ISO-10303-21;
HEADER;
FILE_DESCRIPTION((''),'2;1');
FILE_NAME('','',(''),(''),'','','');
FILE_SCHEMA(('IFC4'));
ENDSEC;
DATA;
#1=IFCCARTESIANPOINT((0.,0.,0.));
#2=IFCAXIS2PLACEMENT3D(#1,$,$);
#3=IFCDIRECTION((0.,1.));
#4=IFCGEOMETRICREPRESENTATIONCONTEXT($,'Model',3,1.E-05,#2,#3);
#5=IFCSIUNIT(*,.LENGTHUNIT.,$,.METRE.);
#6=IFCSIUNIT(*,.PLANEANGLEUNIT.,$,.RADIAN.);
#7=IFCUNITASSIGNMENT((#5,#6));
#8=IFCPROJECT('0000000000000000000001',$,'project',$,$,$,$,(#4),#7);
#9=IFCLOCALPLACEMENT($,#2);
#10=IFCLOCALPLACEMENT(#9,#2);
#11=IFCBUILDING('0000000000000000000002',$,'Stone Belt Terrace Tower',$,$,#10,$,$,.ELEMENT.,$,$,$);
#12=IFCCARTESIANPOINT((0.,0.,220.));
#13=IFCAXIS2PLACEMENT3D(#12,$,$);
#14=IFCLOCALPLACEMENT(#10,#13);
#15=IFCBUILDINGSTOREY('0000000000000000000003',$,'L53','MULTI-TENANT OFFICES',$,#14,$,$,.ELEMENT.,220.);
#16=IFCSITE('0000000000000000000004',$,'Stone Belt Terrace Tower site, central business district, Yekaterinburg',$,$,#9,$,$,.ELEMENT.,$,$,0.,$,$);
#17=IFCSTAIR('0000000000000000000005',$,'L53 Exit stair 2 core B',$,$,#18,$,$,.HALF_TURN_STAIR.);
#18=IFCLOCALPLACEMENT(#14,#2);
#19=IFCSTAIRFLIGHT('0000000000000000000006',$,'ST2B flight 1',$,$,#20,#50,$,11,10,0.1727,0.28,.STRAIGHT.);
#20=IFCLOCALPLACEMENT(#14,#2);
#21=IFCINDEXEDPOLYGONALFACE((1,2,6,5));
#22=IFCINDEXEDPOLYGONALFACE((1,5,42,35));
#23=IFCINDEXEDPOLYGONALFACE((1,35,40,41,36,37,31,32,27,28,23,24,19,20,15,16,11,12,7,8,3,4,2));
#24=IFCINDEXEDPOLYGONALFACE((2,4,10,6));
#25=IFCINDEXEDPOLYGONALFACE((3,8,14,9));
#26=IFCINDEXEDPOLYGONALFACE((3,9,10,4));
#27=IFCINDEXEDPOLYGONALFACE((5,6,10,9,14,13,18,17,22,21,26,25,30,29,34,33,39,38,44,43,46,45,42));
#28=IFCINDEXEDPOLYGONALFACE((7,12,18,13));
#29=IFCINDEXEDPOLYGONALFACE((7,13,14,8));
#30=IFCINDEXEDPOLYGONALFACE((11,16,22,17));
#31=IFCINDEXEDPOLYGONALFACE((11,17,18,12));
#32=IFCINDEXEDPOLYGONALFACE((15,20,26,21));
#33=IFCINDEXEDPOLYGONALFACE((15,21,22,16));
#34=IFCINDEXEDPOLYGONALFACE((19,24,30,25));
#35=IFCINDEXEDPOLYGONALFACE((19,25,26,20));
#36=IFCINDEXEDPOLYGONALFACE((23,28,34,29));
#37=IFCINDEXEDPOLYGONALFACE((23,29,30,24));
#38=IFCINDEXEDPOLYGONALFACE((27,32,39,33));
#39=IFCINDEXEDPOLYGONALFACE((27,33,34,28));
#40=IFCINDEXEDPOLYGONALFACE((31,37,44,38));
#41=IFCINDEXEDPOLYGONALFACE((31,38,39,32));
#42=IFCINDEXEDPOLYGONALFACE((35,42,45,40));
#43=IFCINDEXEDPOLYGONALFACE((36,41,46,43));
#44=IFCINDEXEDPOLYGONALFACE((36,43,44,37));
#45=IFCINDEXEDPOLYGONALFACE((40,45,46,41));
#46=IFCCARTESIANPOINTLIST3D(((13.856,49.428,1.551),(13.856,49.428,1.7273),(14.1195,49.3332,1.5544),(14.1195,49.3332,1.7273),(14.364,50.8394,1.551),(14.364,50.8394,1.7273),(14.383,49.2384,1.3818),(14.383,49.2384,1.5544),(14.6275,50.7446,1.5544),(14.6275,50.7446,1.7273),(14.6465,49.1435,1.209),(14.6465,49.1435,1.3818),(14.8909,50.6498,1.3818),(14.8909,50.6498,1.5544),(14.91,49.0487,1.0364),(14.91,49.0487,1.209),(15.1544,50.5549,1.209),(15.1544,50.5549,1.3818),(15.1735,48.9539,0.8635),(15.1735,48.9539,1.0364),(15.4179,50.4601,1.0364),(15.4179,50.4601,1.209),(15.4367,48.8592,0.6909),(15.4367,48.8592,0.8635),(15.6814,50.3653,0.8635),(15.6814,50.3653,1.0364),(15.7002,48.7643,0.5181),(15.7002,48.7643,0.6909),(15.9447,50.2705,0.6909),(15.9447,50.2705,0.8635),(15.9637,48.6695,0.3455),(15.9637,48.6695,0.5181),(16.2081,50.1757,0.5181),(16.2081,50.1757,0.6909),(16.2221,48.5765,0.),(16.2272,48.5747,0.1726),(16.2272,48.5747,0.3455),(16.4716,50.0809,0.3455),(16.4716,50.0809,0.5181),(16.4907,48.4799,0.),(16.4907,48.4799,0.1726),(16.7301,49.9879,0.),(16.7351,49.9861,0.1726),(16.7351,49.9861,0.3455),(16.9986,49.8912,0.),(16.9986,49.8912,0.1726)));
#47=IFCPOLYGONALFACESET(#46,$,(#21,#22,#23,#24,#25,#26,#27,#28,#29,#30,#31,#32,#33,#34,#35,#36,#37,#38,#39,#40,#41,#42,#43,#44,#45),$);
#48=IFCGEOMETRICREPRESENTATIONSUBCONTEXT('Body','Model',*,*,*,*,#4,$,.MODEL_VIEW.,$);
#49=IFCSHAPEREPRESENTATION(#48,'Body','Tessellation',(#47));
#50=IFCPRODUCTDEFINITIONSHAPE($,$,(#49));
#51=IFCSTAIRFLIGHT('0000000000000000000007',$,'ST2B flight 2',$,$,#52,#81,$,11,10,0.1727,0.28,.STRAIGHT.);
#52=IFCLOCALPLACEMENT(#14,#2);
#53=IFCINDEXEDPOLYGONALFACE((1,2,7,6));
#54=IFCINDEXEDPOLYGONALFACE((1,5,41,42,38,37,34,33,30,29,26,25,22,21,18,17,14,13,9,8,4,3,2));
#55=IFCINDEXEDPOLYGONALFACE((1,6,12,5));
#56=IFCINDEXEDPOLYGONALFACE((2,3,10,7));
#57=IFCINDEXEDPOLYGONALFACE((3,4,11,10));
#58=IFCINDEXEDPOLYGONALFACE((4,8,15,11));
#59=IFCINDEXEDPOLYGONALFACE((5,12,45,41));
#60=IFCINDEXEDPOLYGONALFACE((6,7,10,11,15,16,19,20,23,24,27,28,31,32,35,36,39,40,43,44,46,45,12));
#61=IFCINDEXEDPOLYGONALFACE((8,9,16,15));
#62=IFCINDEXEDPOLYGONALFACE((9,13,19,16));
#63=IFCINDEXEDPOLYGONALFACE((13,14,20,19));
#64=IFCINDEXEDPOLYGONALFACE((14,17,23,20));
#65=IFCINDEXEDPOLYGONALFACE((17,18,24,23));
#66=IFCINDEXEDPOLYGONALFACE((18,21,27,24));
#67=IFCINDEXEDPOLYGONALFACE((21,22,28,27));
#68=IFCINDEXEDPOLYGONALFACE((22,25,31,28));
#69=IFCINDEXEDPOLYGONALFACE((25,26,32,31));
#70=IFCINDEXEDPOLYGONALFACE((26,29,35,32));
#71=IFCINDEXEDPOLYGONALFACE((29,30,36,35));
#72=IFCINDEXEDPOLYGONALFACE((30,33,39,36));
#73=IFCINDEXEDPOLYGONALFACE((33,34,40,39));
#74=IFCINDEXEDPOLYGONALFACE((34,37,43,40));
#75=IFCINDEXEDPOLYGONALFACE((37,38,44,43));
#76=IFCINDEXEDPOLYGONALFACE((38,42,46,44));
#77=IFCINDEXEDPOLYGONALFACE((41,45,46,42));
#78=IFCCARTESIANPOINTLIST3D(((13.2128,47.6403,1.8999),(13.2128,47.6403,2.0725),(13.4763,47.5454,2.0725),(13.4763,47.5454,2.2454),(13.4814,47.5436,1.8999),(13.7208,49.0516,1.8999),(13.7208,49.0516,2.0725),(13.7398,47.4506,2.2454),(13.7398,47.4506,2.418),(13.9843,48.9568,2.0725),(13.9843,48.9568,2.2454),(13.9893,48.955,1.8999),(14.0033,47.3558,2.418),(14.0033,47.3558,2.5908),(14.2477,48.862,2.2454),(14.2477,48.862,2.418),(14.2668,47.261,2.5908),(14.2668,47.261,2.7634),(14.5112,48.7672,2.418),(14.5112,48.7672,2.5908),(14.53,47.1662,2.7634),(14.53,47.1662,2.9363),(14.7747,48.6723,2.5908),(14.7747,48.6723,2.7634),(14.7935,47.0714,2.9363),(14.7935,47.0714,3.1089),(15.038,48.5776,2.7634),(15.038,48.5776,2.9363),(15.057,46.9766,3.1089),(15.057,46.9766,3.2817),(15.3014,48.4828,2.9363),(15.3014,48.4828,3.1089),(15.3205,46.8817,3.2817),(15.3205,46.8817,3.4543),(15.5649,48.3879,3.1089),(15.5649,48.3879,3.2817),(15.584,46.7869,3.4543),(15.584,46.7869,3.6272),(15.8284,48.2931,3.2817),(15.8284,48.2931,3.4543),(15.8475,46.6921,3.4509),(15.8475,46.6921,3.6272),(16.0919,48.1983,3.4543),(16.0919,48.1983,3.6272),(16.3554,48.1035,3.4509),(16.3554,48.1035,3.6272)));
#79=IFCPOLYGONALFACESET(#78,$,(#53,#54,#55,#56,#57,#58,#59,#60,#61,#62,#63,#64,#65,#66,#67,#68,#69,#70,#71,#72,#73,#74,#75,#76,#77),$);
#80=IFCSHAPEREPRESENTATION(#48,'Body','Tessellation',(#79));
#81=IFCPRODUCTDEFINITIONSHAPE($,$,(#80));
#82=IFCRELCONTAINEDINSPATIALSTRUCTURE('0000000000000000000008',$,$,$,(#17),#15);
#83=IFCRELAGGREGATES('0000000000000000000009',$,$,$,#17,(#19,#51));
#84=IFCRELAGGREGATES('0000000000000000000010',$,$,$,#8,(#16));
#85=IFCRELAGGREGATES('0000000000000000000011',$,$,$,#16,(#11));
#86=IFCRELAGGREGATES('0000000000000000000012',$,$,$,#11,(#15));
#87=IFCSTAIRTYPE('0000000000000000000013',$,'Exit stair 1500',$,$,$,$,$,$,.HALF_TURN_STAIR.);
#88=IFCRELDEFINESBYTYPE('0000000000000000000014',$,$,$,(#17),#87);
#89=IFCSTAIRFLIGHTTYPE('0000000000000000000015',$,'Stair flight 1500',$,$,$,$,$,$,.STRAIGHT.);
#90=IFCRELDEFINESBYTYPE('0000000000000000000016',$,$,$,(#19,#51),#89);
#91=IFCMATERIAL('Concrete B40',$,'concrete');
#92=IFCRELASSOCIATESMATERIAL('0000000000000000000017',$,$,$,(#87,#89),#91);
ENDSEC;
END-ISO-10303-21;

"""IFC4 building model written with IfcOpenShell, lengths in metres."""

from ifc_helpers import new_model, si_unit, direction, frame, origin, place, context, subcontext, project, spatial, polyline, outline, extrude, material, type_object, element, aggregate, save


model = new_model("IFC4")

# Units and contexts
model_context = context("Model", 3, precision=1e-05, world=origin(), true_north=direction((0.0, 1.0)))
body_context = subcontext(model_context, "Body", "Model", "MODEL_VIEW")
ifc_project = project(units=[si_unit("LENGTHUNIT", "METRE"), si_unit("PLANEANGLEUNIT", "RADIAN")], contexts=[model_context])

# Site, building, storey
site_placement = place(None, origin())
site = spatial("IfcSite", under=ifc_project, at=site_placement, Name="Stone Belt Terrace Tower site, central business district, Yekaterinburg", CompositionType="ELEMENT", RefElevation=0.0)
building_placement = place(site_placement, origin())
building = spatial("IfcBuilding", under=site, at=building_placement, Name="Stone Belt Terrace Tower", CompositionType="ELEMENT")
storey_placement = place(building_placement, frame((0.0, 0.0, 220.0)))
storey = spatial("IfcBuildingStorey", under=building, at=storey_placement, Name="L53", Description="MULTI-TENANT OFFICES", CompositionType="ELEMENT", Elevation=220.0)

# Stair, stair flights
ifc_material_1 = material(Name="Concrete B40", Category="concrete")
stair_type = type_object("IfcStairType", Name="Exit stair 1500", PredefinedType="HALF_TURN_STAIR", material=ifc_material_1)
stair_placement = place(storey_placement, origin())
stair = element("IfcStair", 1, at=stair_placement, inside=storey, type_object=stair_type, Name="L53 Exit stair 2 core B", PredefinedType="HALF_TURN_STAIR")
stair_flight_type = type_object("IfcStairFlightType", Name="Stair flight 1500", PredefinedType="STRAIGHT", material=ifc_material_1)
stair_flight_1_placement = place(storey_placement, frame((16.7446, 49.1855, 0.0), z_axis=(0.0, 0.0, 1.0), x_axis=(-0.940922, 0.338624, 0.0)))
stair_flight_1 = element("IfcStairFlight", 2, at=stair_flight_1_placement, type_object=stair_flight_type, Name="ST2B flight 1", NumberOfRisers=11, NumberOfTreads=10, PredefinedType="STRAIGHT", RiserHeight=0.1727, TreadLength=0.28, context=body_context, shape_type="SweptSolid", body=[
    extrude(outline(polyline([(0.0, 0.0), (0.0, 0.1726), (0.28, 0.1726), (0.28, 0.3455), (0.5601, 0.3455), (0.5601, 0.5181), (0.8401, 0.5181), (0.8401, 0.6909), (1.1201, 0.6909), (1.1201, 0.8635), (1.3999, 0.8635), (1.3999, 1.0364), (1.6799, 1.0364), (1.6799, 1.209), (1.96, 1.209), (1.96, 1.3818), (2.24, 1.3818), (2.24, 1.5544), (2.52, 1.5544), (2.52, 1.7273), (2.8, 1.7273), (2.8, 1.8999), (2.8, 1.551), (0.2854, 0.0), (0.0, 0.0)])), frame((0.0, 0.75, 0.0), z_axis=(0.0, -1.0, 0.0), x_axis=(1.0, 0.0, 0.0)), (0.0, 0.0, 1.0), 1.5),
])
stair_flight_2_placement = place(storey_placement, frame((13.4668, 48.3459, 1.8999), z_axis=(0.0, 0.0, 1.0), x_axis=(0.940922, -0.338624, 0.0)))
stair_flight_2 = element("IfcStairFlight", 3, at=stair_flight_2_placement, type_object=stair_flight_type, Name="ST2B flight 2", NumberOfRisers=11, NumberOfTreads=10, PredefinedType="STRAIGHT", RiserHeight=0.1727, TreadLength=0.28, context=body_context, shape_type="SweptSolid", body=[
    extrude(outline(polyline([(0.0, 0.0), (0.0, 0.1726), (0.28, 0.1726), (0.28, 0.3455), (0.5601, 0.3455), (0.5601, 0.5181), (0.8401, 0.5181), (0.8401, 0.6909), (1.1201, 0.6909), (1.1201, 0.8635), (1.3999, 0.8635), (1.3999, 1.0364), (1.6799, 1.0364), (1.6799, 1.209), (1.96, 1.209), (1.96, 1.3818), (2.24, 1.3818), (2.24, 1.5544), (2.52, 1.5544), (2.52, 1.7273), (2.8, 1.7273), (2.8, 1.8999), (2.8, 1.551), (0.2854, 0.0), (0.0, 0.0)])), frame((0.0, 0.75, 0.0), z_axis=(0.0, -1.0, 0.0), x_axis=(1.0, 0.0, 0.0)), (0.0, 0.0, 1.0), 1.5),
])
aggregate(stair, [stair_flight_1, stair_flight_2])

save(model, "model.ifc")
